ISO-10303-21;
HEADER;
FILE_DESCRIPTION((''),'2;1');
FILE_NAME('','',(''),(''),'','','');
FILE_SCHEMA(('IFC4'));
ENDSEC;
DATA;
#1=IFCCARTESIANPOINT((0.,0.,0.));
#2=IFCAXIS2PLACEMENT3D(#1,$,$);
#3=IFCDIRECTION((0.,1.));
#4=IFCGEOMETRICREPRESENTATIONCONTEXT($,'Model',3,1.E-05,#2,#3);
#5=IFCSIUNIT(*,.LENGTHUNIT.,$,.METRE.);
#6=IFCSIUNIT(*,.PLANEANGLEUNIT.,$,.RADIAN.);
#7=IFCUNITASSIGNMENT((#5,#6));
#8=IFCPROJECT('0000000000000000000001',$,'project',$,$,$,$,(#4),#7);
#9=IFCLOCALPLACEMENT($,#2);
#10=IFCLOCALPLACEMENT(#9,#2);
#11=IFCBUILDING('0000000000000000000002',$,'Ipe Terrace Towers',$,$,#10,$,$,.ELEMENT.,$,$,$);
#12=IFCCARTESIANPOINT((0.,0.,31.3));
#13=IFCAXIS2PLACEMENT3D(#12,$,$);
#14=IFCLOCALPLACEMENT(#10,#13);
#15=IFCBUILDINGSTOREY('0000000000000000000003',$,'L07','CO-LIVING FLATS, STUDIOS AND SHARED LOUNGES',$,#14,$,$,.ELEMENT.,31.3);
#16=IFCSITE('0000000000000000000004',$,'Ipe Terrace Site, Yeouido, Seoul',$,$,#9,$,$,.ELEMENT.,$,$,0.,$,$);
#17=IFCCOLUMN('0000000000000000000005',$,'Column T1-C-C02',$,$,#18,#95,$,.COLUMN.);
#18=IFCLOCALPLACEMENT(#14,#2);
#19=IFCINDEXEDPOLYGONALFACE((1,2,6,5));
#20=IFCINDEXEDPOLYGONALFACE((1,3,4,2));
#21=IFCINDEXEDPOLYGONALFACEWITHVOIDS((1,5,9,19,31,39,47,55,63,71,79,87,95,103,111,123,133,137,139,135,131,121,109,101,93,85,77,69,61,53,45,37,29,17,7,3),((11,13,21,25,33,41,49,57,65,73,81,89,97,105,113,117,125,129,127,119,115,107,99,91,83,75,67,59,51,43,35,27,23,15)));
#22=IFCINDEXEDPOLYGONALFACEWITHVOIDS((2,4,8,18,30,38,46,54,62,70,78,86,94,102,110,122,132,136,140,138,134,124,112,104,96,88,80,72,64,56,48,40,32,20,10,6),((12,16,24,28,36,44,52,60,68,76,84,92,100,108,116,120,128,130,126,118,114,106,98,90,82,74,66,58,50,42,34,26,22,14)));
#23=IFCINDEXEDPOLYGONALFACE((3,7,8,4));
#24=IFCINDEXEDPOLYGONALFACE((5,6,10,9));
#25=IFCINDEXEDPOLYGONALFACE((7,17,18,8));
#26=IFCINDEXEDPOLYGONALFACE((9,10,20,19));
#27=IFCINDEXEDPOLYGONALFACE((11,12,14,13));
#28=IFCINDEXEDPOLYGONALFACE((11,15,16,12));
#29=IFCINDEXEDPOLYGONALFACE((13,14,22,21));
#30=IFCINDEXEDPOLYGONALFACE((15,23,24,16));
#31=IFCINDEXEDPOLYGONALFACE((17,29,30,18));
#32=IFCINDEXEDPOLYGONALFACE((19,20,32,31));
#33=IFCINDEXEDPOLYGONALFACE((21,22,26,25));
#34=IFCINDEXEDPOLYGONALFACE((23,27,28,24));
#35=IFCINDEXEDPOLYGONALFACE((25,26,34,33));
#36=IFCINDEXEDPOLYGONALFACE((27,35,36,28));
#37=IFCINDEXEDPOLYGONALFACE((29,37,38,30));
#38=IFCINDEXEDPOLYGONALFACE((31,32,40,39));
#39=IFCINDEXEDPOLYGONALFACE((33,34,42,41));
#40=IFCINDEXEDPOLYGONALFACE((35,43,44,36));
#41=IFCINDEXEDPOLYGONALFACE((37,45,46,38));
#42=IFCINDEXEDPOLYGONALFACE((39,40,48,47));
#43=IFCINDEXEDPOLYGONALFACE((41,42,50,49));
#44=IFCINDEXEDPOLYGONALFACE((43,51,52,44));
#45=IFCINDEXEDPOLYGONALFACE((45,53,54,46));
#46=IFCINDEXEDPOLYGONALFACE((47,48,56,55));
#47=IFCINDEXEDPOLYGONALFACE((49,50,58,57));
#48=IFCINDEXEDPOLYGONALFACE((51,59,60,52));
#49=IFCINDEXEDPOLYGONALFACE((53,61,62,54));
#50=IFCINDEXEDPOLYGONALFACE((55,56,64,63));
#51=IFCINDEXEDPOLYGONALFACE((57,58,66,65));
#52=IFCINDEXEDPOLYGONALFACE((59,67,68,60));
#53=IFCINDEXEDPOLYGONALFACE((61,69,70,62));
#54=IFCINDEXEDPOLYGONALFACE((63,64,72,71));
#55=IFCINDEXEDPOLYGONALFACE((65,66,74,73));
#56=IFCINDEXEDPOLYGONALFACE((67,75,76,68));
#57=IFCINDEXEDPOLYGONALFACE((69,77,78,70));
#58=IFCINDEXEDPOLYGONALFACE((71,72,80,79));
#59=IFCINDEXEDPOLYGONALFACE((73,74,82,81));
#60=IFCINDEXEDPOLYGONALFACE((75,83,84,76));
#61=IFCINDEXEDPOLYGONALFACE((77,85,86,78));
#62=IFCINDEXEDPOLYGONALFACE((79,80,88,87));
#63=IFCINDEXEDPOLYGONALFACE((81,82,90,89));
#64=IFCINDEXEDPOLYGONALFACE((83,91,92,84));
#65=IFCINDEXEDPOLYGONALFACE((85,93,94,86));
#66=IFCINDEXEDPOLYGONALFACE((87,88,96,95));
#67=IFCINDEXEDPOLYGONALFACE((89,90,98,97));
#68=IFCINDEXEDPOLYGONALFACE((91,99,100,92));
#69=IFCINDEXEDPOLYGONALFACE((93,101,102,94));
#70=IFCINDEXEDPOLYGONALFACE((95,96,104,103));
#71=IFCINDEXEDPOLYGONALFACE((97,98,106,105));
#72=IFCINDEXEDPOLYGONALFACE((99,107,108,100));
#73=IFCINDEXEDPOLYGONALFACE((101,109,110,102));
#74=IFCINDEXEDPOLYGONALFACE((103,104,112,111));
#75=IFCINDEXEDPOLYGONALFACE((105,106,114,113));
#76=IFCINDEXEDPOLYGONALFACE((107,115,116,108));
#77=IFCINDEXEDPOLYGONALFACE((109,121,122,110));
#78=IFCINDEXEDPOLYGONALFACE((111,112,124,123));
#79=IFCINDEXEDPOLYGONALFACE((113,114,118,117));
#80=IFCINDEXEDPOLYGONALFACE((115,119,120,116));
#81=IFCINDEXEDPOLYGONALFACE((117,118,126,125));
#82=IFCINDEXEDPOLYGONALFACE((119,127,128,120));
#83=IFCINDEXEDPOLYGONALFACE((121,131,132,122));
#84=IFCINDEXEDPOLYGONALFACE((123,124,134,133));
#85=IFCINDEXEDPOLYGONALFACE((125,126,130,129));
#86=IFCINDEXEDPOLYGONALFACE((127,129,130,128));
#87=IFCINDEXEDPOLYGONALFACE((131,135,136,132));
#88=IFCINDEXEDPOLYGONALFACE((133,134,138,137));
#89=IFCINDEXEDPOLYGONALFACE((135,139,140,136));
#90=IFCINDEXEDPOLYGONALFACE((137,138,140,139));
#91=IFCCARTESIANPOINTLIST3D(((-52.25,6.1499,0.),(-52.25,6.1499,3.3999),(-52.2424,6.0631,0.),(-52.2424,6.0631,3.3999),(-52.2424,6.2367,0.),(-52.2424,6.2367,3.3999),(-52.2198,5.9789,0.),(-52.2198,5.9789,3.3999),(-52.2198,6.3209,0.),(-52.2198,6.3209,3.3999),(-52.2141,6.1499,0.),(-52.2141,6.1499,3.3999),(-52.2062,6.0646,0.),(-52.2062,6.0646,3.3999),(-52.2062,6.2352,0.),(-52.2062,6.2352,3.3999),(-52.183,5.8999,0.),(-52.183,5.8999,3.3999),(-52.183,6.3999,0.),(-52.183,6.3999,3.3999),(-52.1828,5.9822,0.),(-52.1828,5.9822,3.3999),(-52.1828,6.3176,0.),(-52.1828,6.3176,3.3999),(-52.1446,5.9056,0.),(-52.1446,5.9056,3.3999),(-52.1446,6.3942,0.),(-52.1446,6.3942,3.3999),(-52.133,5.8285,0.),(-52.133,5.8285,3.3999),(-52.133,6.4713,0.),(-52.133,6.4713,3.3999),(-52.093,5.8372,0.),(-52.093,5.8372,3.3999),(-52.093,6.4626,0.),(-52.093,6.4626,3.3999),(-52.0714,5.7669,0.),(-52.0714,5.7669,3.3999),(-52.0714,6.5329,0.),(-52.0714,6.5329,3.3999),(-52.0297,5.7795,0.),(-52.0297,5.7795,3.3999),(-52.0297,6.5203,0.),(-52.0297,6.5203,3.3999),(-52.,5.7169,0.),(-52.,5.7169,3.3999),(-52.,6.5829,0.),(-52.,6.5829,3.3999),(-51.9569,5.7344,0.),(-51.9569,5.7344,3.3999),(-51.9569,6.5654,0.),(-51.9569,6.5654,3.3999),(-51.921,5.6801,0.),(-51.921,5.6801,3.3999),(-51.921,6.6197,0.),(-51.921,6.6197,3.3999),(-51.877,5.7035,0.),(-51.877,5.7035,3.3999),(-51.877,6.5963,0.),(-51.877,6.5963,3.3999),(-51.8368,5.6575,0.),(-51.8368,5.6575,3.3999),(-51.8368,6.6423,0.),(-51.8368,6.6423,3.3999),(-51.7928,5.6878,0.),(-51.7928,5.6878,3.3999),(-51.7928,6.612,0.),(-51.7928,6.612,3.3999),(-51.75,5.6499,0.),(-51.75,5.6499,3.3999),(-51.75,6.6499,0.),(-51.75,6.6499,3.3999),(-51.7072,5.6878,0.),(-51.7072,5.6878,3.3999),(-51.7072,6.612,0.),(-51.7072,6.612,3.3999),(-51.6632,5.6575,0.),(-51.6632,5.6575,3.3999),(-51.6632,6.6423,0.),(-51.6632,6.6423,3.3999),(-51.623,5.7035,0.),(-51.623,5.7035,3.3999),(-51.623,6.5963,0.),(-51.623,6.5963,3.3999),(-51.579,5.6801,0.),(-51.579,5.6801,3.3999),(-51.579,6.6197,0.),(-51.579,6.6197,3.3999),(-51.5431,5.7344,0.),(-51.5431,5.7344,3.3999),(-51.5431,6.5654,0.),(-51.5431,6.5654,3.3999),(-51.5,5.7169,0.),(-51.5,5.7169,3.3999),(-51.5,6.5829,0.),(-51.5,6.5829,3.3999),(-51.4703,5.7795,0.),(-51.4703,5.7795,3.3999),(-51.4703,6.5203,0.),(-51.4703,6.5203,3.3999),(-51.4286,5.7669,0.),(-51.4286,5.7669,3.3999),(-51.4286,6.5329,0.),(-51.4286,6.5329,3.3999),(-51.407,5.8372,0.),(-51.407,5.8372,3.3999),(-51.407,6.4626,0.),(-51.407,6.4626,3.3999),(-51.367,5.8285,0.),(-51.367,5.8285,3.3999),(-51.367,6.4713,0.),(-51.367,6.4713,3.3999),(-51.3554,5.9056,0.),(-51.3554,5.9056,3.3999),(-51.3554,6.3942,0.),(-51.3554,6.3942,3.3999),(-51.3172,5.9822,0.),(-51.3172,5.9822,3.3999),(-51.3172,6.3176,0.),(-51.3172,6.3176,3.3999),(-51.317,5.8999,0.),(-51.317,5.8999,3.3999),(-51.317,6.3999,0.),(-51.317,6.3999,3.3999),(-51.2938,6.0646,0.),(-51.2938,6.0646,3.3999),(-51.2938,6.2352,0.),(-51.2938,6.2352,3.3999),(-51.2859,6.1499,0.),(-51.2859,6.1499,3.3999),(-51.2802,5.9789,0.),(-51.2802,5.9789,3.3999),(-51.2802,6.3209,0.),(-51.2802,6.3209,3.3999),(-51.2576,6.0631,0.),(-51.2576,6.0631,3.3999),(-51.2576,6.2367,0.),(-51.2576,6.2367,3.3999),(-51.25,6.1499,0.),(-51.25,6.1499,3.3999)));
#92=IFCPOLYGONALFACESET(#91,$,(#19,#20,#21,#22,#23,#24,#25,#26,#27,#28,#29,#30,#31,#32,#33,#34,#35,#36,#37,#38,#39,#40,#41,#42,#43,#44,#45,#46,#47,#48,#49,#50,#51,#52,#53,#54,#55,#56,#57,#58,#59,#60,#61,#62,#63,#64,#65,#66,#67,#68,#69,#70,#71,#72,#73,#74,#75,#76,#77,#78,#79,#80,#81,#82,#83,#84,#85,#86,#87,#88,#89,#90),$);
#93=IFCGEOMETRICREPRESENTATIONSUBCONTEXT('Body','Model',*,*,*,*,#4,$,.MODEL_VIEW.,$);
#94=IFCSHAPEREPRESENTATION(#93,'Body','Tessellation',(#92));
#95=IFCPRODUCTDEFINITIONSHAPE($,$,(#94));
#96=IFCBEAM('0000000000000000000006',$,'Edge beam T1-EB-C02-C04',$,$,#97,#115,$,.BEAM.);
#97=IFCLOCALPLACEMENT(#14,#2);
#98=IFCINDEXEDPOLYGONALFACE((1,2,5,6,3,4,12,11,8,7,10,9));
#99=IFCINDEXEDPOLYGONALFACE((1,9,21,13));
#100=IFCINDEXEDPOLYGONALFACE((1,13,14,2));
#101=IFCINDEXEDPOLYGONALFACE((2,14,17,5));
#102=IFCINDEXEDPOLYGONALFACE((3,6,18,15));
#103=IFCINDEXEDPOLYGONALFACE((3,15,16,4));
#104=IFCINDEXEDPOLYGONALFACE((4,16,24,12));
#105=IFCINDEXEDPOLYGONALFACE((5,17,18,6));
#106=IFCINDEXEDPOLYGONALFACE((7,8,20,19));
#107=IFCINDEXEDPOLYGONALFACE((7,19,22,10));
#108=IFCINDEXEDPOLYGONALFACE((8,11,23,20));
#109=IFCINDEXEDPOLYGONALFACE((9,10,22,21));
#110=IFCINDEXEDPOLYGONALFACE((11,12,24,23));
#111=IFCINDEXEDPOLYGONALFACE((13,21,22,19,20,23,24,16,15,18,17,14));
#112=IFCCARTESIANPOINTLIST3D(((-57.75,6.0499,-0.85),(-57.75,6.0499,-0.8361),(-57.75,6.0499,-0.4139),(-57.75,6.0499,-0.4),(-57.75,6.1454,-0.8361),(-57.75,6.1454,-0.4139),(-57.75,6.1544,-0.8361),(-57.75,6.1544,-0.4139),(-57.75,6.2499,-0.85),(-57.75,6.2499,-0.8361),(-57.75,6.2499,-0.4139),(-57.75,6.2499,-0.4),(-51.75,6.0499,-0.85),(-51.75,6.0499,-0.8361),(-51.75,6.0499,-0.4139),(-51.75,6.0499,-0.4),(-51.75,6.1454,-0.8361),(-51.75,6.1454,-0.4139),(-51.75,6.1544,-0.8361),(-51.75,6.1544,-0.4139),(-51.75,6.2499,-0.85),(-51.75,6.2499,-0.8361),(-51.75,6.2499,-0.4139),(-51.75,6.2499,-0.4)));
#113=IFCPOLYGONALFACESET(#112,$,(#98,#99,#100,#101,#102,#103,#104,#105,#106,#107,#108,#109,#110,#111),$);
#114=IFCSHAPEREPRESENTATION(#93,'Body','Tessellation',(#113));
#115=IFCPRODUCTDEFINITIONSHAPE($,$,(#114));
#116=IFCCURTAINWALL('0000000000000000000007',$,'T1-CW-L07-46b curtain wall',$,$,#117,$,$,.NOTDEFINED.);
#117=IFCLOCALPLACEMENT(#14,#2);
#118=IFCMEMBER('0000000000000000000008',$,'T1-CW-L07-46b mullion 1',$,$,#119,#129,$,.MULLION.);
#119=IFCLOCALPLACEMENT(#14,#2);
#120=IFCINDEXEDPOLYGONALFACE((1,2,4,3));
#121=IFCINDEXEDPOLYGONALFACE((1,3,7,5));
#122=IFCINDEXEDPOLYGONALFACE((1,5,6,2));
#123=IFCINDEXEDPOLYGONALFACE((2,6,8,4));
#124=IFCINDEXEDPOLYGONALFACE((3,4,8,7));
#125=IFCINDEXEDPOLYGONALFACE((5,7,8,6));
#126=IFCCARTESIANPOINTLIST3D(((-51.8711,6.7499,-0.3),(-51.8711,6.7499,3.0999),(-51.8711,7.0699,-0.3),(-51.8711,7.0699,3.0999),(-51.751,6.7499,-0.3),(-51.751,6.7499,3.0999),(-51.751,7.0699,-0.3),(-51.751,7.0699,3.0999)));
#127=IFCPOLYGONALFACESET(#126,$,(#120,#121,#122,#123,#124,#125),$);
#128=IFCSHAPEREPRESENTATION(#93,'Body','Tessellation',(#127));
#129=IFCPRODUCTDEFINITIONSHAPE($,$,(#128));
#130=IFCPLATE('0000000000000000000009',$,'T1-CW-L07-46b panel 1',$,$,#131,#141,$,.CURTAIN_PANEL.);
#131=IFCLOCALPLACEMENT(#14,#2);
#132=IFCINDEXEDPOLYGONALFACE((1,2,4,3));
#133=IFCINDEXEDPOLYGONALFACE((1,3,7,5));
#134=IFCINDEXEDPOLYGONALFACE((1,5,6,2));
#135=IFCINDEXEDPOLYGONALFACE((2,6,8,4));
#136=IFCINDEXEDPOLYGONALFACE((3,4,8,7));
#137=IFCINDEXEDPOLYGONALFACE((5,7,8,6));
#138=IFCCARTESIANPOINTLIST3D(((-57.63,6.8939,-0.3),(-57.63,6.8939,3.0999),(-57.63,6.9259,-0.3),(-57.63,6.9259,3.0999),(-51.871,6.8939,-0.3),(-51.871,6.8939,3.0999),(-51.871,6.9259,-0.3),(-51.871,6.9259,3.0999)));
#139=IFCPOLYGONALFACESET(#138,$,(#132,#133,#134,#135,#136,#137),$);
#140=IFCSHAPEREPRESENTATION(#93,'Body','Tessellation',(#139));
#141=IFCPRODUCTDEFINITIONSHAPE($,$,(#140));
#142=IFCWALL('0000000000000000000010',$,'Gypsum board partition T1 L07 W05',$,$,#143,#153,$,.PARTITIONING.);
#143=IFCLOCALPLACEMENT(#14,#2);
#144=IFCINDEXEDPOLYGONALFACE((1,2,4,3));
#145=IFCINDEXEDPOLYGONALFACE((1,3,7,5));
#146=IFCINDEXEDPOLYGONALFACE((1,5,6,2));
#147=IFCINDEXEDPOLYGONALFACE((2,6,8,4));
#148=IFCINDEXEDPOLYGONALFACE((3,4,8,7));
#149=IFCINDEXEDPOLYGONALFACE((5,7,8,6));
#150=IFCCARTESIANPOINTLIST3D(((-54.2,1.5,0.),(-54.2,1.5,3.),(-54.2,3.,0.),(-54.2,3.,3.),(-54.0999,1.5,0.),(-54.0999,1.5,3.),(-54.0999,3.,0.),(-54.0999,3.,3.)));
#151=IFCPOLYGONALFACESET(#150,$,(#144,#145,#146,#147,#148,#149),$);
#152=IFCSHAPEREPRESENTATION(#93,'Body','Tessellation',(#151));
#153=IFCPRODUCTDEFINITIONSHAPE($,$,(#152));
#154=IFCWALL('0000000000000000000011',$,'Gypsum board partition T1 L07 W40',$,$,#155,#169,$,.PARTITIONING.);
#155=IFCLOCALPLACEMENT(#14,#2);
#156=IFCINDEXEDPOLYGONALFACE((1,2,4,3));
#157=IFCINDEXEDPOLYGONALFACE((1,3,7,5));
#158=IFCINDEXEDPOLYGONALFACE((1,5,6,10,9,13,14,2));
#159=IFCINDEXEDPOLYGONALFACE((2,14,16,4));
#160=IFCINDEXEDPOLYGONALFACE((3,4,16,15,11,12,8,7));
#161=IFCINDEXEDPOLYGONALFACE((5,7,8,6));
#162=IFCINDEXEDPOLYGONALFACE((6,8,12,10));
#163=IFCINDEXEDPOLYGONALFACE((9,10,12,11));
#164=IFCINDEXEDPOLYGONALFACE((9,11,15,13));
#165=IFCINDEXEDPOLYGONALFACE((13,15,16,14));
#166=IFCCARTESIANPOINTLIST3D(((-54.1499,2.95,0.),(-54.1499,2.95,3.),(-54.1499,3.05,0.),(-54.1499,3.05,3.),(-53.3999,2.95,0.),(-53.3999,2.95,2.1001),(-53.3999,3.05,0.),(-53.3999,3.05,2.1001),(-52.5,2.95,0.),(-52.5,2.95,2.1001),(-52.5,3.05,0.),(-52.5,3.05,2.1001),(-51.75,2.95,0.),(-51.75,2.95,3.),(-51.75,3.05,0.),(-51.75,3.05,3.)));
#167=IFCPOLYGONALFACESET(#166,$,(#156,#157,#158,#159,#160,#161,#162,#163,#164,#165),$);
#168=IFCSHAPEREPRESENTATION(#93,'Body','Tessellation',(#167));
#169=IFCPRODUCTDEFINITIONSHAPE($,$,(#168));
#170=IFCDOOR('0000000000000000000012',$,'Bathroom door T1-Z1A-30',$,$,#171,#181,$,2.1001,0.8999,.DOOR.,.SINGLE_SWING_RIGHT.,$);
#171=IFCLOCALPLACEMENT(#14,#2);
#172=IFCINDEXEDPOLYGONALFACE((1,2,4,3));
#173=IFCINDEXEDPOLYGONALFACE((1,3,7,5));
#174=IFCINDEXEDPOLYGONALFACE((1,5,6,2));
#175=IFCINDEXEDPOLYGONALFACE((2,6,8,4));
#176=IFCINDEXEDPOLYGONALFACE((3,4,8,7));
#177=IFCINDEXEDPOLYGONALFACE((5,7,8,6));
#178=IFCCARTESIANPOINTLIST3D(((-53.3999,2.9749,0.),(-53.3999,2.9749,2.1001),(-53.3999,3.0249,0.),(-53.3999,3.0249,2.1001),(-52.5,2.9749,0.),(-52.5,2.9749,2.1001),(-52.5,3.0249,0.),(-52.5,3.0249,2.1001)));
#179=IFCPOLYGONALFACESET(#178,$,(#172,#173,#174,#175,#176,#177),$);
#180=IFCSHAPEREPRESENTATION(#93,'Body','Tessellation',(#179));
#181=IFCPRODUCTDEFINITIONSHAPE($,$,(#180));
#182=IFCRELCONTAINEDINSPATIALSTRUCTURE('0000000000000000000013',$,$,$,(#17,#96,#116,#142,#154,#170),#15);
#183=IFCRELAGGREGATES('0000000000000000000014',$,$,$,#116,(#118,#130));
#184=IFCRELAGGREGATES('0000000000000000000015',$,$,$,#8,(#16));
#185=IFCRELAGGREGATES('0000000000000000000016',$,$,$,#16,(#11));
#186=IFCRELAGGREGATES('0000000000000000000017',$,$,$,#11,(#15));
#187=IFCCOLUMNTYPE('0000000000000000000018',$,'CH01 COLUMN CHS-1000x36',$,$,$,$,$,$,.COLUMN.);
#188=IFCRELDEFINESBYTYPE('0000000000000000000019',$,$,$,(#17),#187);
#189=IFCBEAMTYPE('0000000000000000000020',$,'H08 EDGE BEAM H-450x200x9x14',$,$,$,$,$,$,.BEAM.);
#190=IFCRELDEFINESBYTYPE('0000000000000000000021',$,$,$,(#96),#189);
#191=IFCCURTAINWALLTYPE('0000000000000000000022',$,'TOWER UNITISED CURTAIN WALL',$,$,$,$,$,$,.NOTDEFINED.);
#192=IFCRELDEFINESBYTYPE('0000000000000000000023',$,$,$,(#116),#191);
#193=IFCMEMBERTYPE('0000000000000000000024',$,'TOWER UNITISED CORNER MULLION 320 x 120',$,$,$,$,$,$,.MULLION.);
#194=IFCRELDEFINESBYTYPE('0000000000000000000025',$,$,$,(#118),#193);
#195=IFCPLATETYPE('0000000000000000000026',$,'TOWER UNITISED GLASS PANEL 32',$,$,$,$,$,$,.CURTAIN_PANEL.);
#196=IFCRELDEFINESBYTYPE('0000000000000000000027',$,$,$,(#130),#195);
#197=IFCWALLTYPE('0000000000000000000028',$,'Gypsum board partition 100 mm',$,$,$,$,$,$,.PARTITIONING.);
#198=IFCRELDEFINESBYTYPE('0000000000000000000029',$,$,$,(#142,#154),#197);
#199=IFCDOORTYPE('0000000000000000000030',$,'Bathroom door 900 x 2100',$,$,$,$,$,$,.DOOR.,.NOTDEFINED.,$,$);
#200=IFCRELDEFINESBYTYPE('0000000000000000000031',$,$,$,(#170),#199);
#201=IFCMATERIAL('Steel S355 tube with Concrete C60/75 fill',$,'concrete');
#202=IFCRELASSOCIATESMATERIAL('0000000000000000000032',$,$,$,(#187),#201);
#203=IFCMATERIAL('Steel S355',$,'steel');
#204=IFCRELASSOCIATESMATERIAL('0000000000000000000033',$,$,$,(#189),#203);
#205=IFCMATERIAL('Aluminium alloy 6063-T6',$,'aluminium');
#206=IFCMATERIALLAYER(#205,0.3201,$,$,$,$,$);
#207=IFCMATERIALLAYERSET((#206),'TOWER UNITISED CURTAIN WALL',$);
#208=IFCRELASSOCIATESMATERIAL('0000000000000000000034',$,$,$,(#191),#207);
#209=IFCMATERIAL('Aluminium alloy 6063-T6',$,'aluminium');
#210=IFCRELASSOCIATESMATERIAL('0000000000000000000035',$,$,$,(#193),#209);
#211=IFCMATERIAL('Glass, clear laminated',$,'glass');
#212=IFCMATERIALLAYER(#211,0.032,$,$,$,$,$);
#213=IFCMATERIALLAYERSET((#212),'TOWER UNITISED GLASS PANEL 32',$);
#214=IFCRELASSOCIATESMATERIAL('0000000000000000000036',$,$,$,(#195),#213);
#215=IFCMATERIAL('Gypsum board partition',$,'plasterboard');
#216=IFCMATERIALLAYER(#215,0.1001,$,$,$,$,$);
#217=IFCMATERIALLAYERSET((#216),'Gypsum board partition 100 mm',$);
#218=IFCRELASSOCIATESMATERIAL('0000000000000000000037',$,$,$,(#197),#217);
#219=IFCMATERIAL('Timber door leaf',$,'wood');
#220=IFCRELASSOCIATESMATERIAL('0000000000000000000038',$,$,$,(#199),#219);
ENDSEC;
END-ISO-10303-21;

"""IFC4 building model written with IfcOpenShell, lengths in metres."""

from ifc_helpers import new_model, si_unit, direction, frame, frame_2d, origin, origin_2d, place, context, subcontext, project, spatial, rectangle, hollow_circle, i_section, extrude, material, layer, layer_set, material_profile, profile_set, type_object, element, fill, aggregate, save


model = new_model("IFC4")

# Units and contexts
model_context = context("Model", 3, precision=1e-05, world=origin(), true_north=direction((0.0, 1.0)))
body_context = subcontext(model_context, "Body", "Model", "MODEL_VIEW")
ifc_project = project(units=[si_unit("LENGTHUNIT", "METRE"), si_unit("PLANEANGLEUNIT", "RADIAN")], contexts=[model_context])

# Site, building, storey
site_placement = place(None, origin())
site = spatial("IfcSite", under=ifc_project, at=site_placement, Name="Ipe Terrace Site, Yeouido, Seoul", CompositionType="ELEMENT", RefElevation=0.0)
building_placement = place(site_placement, origin())
building = spatial("IfcBuilding", under=site, at=building_placement, Name="Ipe Terrace Towers", CompositionType="ELEMENT")
storey_placement = place(building_placement, frame((0.0, 0.0, 31.3)))
storey = spatial("IfcBuildingStorey", under=building, at=storey_placement, Name="L07", Description="CO-LIVING FLATS, STUDIOS AND SHARED LOUNGES", CompositionType="ELEMENT", Elevation=31.3)

# Column
ifc_material_1 = material(Name="Steel S355 tube with Concrete C60/75 fill", Category="concrete")
ifc_material_profile_1 = material_profile(ifc_material_1, hollow_circle(Radius=0.5, WallThickness=0.0359, at=origin_2d()), Name="CHS-1000x36")
ifc_profile_set_1 = profile_set([ifc_material_profile_1], Name="Steel S355 tube with Concrete C60/75 fill")
column_type = type_object("IfcColumnType", Name="CH01 COLUMN CHS-1000x36", PredefinedType="COLUMN", material=ifc_profile_set_1)
column_placement = place(storey_placement, frame((-51.75, 6.1499, 0.0), z_axis=(0.0, 0.0, 1.0), x_axis=(1.0, 0.0, 0.0)))
element("IfcColumn", 1, at=column_placement, inside=storey, type_object=column_type, Name="Column T1-C-C02", PredefinedType="COLUMN", context=body_context, shape_type="SweptSolid", body=[
    extrude(hollow_circle(Radius=0.5, WallThickness=0.0359, at=origin_2d()), origin(), (0.0, 0.0, 1.0), 3.3999),
])

# Beam
ifc_material_2 = material(Name="Steel S355", Category="steel")
ifc_material_profile_2 = material_profile(ifc_material_2, i_section(OverallWidth=0.2, OverallDepth=0.45, WebThickness=0.009, FlangeThickness=0.0139, at=origin_2d()), Name="H-450x200x9x14")
ifc_profile_set_2 = profile_set([ifc_material_profile_2], Name="Steel S355")
beam_type = type_object("IfcBeamType", Name="H08 EDGE BEAM H-450x200x9x14", PredefinedType="BEAM", material=ifc_profile_set_2)
beam_placement = place(storey_placement, frame((-51.75, 6.1499, -0.625), z_axis=(-1.0, 0.0, 0.0), x_axis=(0.0, -1.0, 0.0)))
element("IfcBeam", 2, at=beam_placement, inside=storey, type_object=beam_type, Name="Edge beam T1-EB-C02-C04", PredefinedType="BEAM", context=body_context, shape_type="SweptSolid", body=[
    extrude(i_section(OverallWidth=0.2, OverallDepth=0.45, WebThickness=0.009, FlangeThickness=0.0139, at=origin_2d()), origin(), (0.0, 0.0, 1.0), 6.0),
])

# Curtain wall, member, plate
ifc_material_3 = material(Name="Aluminium alloy 6063-T6", Category="aluminium")
ifc_layer_1 = layer(ifc_material_3, 0.3201)
ifc_layer_set_1 = layer_set([ifc_layer_1], Name="TOWER UNITISED CURTAIN WALL")
curtain_wall_type = type_object("IfcCurtainWallType", Name="TOWER UNITISED CURTAIN WALL", PredefinedType="NOTDEFINED", material=ifc_layer_set_1)
curtain_wall_placement = place(storey_placement, origin())
curtain_wall = element("IfcCurtainWall", 3, at=curtain_wall_placement, inside=storey, type_object=curtain_wall_type, Name="T1-CW-L07-46b curtain wall", PredefinedType="NOTDEFINED")
ifc_material_4 = material(Name="Aluminium alloy 6063-T6", Category="aluminium")
ifc_material_profile_3 = material_profile(ifc_material_4, rectangle(XDim=0.3201, YDim=0.1201, at=origin_2d()), Name="TOWER UNITISED CORNER MULLION 320 x 120")
ifc_profile_set_3 = profile_set([ifc_material_profile_3], Name="Aluminium alloy 6063-T6")
member_type = type_object("IfcMemberType", Name="TOWER UNITISED CORNER MULLION 320 x 120", PredefinedType="MULLION", material=ifc_profile_set_3)
member_placement = place(storey_placement, frame((-51.811, 6.9099, -0.3), z_axis=(0.0, 0.0, 1.0), x_axis=(0.0, 1.0, 0.0)))
member = element("IfcMember", 4, at=member_placement, type_object=member_type, Name="T1-CW-L07-46b mullion 1", PredefinedType="MULLION", context=body_context, shape_type="SweptSolid", body=[
    extrude(rectangle(XDim=0.3201, YDim=0.1201, at=origin_2d()), origin(), (0.0, 0.0, 1.0), 3.3999),
])
ifc_material_5 = material(Name="Glass, clear laminated", Category="glass")
ifc_layer_2 = layer(ifc_material_5, 0.032)
ifc_layer_set_2 = layer_set([ifc_layer_2], Name="TOWER UNITISED GLASS PANEL 32")
plate_type = type_object("IfcPlateType", Name="TOWER UNITISED GLASS PANEL 32", PredefinedType="CURTAIN_PANEL", material=ifc_layer_set_2)
plate_placement = place(storey_placement, frame((-54.7505, 6.9099, -0.3), z_axis=(0.0, 0.0, 1.0), x_axis=(-1.0, 0.0, 0.0)))
plate = element("IfcPlate", 5, at=plate_placement, type_object=plate_type, Name="T1-CW-L07-46b panel 1", PredefinedType="CURTAIN_PANEL", context=body_context, shape_type="SweptSolid", body=[
    extrude(rectangle(XDim=5.759, YDim=0.032, at=origin_2d()), origin(), (0.0, 0.0, 1.0), 3.3999),
])
aggregate(curtain_wall, [member, plate])

# Wall
ifc_material_6 = material(Name="Gypsum board partition", Category="plasterboard")
ifc_layer_3 = layer(ifc_material_6, 0.1001)
ifc_layer_set_3 = layer_set([ifc_layer_3], Name="Gypsum board partition 100 mm")
wall_type_1 = type_object("IfcWallType", Name="Gypsum board partition 100 mm", PredefinedType="PARTITIONING", material=ifc_layer_set_3)
wall_1_placement = place(storey_placement, frame((-54.1499, 1.5, 0.0), z_axis=(0.0, 0.0, 1.0), x_axis=(0.0, 1.0, 0.0)))
element("IfcWall", 6, at=wall_1_placement, inside=storey, type_object=wall_type_1, Name="Gypsum board partition T1 L07 W05", PredefinedType="PARTITIONING", context=body_context, shape_type="SweptSolid", body=[
    extrude(rectangle(XDim=1.5, YDim=0.1001, at=frame_2d((0.75, 0.0))), origin(), (0.0, 0.0, 1.0), 3.0),
])

# Wall, opening, door
wall_2_placement = place(storey_placement, frame((-54.1499, 3.0, 0.0), z_axis=(0.0, 0.0, 1.0), x_axis=(1.0, 0.0, 0.0)))
wall_2 = element("IfcWall", 7, at=wall_2_placement, inside=storey, type_object=wall_type_1, Name="Gypsum board partition T1 L07 W40", PredefinedType="PARTITIONING", context=body_context, shape_type="SweptSolid", body=[
    extrude(rectangle(XDim=2.3999, YDim=0.1001, at=frame_2d((1.2, 0.0))), origin(), (0.0, 0.0, 1.0), 3.0),
])
opening_1_placement = place(wall_2_placement, frame((0.75, 0.0, 0.0)))
opening_1 = element("IfcOpeningElement", 8, at=opening_1_placement, cuts=wall_2, PredefinedType="OPENING", context=body_context, shape_type="SweptSolid", body=[
    extrude(rectangle(XDim=0.8999, YDim=2.1001, at=frame_2d((0.45, 1.05))), frame((0.0, 0.0601, 0.0), z_axis=(0.0, -1.0, 0.0), x_axis=(1.0, 0.0, 0.0)), (0.0, 0.0, 1.0), 0.1201),
])
ifc_material_7 = material(Name="Timber door leaf", Category="wood")
door_type_1 = type_object("IfcDoorType", Name="Bathroom door 900 x 2100", OperationType="NOTDEFINED", PredefinedType="DOOR", material=ifc_material_7)
door_1_placement = place(opening_1_placement, origin())
door_1 = element("IfcDoor", 9, at=door_1_placement, inside=storey, type_object=door_type_1, Name="Bathroom door T1-Z1A-30", OperationType="SINGLE_SWING_RIGHT", OverallHeight=2.1001, OverallWidth=0.8999, PredefinedType="DOOR", context=body_context, shape_type="SweptSolid", body=[
    extrude(rectangle(XDim=0.8999, YDim=2.1001, at=frame_2d((0.45, 1.05))), frame((0.0, 0.0249, 0.0), z_axis=(0.0, -1.0, 0.0), x_axis=(1.0, 0.0, 0.0)), (0.0, 0.0, 1.0), 0.05),
])
fill(opening_1, door_1)

save(model, "model.ifc")
